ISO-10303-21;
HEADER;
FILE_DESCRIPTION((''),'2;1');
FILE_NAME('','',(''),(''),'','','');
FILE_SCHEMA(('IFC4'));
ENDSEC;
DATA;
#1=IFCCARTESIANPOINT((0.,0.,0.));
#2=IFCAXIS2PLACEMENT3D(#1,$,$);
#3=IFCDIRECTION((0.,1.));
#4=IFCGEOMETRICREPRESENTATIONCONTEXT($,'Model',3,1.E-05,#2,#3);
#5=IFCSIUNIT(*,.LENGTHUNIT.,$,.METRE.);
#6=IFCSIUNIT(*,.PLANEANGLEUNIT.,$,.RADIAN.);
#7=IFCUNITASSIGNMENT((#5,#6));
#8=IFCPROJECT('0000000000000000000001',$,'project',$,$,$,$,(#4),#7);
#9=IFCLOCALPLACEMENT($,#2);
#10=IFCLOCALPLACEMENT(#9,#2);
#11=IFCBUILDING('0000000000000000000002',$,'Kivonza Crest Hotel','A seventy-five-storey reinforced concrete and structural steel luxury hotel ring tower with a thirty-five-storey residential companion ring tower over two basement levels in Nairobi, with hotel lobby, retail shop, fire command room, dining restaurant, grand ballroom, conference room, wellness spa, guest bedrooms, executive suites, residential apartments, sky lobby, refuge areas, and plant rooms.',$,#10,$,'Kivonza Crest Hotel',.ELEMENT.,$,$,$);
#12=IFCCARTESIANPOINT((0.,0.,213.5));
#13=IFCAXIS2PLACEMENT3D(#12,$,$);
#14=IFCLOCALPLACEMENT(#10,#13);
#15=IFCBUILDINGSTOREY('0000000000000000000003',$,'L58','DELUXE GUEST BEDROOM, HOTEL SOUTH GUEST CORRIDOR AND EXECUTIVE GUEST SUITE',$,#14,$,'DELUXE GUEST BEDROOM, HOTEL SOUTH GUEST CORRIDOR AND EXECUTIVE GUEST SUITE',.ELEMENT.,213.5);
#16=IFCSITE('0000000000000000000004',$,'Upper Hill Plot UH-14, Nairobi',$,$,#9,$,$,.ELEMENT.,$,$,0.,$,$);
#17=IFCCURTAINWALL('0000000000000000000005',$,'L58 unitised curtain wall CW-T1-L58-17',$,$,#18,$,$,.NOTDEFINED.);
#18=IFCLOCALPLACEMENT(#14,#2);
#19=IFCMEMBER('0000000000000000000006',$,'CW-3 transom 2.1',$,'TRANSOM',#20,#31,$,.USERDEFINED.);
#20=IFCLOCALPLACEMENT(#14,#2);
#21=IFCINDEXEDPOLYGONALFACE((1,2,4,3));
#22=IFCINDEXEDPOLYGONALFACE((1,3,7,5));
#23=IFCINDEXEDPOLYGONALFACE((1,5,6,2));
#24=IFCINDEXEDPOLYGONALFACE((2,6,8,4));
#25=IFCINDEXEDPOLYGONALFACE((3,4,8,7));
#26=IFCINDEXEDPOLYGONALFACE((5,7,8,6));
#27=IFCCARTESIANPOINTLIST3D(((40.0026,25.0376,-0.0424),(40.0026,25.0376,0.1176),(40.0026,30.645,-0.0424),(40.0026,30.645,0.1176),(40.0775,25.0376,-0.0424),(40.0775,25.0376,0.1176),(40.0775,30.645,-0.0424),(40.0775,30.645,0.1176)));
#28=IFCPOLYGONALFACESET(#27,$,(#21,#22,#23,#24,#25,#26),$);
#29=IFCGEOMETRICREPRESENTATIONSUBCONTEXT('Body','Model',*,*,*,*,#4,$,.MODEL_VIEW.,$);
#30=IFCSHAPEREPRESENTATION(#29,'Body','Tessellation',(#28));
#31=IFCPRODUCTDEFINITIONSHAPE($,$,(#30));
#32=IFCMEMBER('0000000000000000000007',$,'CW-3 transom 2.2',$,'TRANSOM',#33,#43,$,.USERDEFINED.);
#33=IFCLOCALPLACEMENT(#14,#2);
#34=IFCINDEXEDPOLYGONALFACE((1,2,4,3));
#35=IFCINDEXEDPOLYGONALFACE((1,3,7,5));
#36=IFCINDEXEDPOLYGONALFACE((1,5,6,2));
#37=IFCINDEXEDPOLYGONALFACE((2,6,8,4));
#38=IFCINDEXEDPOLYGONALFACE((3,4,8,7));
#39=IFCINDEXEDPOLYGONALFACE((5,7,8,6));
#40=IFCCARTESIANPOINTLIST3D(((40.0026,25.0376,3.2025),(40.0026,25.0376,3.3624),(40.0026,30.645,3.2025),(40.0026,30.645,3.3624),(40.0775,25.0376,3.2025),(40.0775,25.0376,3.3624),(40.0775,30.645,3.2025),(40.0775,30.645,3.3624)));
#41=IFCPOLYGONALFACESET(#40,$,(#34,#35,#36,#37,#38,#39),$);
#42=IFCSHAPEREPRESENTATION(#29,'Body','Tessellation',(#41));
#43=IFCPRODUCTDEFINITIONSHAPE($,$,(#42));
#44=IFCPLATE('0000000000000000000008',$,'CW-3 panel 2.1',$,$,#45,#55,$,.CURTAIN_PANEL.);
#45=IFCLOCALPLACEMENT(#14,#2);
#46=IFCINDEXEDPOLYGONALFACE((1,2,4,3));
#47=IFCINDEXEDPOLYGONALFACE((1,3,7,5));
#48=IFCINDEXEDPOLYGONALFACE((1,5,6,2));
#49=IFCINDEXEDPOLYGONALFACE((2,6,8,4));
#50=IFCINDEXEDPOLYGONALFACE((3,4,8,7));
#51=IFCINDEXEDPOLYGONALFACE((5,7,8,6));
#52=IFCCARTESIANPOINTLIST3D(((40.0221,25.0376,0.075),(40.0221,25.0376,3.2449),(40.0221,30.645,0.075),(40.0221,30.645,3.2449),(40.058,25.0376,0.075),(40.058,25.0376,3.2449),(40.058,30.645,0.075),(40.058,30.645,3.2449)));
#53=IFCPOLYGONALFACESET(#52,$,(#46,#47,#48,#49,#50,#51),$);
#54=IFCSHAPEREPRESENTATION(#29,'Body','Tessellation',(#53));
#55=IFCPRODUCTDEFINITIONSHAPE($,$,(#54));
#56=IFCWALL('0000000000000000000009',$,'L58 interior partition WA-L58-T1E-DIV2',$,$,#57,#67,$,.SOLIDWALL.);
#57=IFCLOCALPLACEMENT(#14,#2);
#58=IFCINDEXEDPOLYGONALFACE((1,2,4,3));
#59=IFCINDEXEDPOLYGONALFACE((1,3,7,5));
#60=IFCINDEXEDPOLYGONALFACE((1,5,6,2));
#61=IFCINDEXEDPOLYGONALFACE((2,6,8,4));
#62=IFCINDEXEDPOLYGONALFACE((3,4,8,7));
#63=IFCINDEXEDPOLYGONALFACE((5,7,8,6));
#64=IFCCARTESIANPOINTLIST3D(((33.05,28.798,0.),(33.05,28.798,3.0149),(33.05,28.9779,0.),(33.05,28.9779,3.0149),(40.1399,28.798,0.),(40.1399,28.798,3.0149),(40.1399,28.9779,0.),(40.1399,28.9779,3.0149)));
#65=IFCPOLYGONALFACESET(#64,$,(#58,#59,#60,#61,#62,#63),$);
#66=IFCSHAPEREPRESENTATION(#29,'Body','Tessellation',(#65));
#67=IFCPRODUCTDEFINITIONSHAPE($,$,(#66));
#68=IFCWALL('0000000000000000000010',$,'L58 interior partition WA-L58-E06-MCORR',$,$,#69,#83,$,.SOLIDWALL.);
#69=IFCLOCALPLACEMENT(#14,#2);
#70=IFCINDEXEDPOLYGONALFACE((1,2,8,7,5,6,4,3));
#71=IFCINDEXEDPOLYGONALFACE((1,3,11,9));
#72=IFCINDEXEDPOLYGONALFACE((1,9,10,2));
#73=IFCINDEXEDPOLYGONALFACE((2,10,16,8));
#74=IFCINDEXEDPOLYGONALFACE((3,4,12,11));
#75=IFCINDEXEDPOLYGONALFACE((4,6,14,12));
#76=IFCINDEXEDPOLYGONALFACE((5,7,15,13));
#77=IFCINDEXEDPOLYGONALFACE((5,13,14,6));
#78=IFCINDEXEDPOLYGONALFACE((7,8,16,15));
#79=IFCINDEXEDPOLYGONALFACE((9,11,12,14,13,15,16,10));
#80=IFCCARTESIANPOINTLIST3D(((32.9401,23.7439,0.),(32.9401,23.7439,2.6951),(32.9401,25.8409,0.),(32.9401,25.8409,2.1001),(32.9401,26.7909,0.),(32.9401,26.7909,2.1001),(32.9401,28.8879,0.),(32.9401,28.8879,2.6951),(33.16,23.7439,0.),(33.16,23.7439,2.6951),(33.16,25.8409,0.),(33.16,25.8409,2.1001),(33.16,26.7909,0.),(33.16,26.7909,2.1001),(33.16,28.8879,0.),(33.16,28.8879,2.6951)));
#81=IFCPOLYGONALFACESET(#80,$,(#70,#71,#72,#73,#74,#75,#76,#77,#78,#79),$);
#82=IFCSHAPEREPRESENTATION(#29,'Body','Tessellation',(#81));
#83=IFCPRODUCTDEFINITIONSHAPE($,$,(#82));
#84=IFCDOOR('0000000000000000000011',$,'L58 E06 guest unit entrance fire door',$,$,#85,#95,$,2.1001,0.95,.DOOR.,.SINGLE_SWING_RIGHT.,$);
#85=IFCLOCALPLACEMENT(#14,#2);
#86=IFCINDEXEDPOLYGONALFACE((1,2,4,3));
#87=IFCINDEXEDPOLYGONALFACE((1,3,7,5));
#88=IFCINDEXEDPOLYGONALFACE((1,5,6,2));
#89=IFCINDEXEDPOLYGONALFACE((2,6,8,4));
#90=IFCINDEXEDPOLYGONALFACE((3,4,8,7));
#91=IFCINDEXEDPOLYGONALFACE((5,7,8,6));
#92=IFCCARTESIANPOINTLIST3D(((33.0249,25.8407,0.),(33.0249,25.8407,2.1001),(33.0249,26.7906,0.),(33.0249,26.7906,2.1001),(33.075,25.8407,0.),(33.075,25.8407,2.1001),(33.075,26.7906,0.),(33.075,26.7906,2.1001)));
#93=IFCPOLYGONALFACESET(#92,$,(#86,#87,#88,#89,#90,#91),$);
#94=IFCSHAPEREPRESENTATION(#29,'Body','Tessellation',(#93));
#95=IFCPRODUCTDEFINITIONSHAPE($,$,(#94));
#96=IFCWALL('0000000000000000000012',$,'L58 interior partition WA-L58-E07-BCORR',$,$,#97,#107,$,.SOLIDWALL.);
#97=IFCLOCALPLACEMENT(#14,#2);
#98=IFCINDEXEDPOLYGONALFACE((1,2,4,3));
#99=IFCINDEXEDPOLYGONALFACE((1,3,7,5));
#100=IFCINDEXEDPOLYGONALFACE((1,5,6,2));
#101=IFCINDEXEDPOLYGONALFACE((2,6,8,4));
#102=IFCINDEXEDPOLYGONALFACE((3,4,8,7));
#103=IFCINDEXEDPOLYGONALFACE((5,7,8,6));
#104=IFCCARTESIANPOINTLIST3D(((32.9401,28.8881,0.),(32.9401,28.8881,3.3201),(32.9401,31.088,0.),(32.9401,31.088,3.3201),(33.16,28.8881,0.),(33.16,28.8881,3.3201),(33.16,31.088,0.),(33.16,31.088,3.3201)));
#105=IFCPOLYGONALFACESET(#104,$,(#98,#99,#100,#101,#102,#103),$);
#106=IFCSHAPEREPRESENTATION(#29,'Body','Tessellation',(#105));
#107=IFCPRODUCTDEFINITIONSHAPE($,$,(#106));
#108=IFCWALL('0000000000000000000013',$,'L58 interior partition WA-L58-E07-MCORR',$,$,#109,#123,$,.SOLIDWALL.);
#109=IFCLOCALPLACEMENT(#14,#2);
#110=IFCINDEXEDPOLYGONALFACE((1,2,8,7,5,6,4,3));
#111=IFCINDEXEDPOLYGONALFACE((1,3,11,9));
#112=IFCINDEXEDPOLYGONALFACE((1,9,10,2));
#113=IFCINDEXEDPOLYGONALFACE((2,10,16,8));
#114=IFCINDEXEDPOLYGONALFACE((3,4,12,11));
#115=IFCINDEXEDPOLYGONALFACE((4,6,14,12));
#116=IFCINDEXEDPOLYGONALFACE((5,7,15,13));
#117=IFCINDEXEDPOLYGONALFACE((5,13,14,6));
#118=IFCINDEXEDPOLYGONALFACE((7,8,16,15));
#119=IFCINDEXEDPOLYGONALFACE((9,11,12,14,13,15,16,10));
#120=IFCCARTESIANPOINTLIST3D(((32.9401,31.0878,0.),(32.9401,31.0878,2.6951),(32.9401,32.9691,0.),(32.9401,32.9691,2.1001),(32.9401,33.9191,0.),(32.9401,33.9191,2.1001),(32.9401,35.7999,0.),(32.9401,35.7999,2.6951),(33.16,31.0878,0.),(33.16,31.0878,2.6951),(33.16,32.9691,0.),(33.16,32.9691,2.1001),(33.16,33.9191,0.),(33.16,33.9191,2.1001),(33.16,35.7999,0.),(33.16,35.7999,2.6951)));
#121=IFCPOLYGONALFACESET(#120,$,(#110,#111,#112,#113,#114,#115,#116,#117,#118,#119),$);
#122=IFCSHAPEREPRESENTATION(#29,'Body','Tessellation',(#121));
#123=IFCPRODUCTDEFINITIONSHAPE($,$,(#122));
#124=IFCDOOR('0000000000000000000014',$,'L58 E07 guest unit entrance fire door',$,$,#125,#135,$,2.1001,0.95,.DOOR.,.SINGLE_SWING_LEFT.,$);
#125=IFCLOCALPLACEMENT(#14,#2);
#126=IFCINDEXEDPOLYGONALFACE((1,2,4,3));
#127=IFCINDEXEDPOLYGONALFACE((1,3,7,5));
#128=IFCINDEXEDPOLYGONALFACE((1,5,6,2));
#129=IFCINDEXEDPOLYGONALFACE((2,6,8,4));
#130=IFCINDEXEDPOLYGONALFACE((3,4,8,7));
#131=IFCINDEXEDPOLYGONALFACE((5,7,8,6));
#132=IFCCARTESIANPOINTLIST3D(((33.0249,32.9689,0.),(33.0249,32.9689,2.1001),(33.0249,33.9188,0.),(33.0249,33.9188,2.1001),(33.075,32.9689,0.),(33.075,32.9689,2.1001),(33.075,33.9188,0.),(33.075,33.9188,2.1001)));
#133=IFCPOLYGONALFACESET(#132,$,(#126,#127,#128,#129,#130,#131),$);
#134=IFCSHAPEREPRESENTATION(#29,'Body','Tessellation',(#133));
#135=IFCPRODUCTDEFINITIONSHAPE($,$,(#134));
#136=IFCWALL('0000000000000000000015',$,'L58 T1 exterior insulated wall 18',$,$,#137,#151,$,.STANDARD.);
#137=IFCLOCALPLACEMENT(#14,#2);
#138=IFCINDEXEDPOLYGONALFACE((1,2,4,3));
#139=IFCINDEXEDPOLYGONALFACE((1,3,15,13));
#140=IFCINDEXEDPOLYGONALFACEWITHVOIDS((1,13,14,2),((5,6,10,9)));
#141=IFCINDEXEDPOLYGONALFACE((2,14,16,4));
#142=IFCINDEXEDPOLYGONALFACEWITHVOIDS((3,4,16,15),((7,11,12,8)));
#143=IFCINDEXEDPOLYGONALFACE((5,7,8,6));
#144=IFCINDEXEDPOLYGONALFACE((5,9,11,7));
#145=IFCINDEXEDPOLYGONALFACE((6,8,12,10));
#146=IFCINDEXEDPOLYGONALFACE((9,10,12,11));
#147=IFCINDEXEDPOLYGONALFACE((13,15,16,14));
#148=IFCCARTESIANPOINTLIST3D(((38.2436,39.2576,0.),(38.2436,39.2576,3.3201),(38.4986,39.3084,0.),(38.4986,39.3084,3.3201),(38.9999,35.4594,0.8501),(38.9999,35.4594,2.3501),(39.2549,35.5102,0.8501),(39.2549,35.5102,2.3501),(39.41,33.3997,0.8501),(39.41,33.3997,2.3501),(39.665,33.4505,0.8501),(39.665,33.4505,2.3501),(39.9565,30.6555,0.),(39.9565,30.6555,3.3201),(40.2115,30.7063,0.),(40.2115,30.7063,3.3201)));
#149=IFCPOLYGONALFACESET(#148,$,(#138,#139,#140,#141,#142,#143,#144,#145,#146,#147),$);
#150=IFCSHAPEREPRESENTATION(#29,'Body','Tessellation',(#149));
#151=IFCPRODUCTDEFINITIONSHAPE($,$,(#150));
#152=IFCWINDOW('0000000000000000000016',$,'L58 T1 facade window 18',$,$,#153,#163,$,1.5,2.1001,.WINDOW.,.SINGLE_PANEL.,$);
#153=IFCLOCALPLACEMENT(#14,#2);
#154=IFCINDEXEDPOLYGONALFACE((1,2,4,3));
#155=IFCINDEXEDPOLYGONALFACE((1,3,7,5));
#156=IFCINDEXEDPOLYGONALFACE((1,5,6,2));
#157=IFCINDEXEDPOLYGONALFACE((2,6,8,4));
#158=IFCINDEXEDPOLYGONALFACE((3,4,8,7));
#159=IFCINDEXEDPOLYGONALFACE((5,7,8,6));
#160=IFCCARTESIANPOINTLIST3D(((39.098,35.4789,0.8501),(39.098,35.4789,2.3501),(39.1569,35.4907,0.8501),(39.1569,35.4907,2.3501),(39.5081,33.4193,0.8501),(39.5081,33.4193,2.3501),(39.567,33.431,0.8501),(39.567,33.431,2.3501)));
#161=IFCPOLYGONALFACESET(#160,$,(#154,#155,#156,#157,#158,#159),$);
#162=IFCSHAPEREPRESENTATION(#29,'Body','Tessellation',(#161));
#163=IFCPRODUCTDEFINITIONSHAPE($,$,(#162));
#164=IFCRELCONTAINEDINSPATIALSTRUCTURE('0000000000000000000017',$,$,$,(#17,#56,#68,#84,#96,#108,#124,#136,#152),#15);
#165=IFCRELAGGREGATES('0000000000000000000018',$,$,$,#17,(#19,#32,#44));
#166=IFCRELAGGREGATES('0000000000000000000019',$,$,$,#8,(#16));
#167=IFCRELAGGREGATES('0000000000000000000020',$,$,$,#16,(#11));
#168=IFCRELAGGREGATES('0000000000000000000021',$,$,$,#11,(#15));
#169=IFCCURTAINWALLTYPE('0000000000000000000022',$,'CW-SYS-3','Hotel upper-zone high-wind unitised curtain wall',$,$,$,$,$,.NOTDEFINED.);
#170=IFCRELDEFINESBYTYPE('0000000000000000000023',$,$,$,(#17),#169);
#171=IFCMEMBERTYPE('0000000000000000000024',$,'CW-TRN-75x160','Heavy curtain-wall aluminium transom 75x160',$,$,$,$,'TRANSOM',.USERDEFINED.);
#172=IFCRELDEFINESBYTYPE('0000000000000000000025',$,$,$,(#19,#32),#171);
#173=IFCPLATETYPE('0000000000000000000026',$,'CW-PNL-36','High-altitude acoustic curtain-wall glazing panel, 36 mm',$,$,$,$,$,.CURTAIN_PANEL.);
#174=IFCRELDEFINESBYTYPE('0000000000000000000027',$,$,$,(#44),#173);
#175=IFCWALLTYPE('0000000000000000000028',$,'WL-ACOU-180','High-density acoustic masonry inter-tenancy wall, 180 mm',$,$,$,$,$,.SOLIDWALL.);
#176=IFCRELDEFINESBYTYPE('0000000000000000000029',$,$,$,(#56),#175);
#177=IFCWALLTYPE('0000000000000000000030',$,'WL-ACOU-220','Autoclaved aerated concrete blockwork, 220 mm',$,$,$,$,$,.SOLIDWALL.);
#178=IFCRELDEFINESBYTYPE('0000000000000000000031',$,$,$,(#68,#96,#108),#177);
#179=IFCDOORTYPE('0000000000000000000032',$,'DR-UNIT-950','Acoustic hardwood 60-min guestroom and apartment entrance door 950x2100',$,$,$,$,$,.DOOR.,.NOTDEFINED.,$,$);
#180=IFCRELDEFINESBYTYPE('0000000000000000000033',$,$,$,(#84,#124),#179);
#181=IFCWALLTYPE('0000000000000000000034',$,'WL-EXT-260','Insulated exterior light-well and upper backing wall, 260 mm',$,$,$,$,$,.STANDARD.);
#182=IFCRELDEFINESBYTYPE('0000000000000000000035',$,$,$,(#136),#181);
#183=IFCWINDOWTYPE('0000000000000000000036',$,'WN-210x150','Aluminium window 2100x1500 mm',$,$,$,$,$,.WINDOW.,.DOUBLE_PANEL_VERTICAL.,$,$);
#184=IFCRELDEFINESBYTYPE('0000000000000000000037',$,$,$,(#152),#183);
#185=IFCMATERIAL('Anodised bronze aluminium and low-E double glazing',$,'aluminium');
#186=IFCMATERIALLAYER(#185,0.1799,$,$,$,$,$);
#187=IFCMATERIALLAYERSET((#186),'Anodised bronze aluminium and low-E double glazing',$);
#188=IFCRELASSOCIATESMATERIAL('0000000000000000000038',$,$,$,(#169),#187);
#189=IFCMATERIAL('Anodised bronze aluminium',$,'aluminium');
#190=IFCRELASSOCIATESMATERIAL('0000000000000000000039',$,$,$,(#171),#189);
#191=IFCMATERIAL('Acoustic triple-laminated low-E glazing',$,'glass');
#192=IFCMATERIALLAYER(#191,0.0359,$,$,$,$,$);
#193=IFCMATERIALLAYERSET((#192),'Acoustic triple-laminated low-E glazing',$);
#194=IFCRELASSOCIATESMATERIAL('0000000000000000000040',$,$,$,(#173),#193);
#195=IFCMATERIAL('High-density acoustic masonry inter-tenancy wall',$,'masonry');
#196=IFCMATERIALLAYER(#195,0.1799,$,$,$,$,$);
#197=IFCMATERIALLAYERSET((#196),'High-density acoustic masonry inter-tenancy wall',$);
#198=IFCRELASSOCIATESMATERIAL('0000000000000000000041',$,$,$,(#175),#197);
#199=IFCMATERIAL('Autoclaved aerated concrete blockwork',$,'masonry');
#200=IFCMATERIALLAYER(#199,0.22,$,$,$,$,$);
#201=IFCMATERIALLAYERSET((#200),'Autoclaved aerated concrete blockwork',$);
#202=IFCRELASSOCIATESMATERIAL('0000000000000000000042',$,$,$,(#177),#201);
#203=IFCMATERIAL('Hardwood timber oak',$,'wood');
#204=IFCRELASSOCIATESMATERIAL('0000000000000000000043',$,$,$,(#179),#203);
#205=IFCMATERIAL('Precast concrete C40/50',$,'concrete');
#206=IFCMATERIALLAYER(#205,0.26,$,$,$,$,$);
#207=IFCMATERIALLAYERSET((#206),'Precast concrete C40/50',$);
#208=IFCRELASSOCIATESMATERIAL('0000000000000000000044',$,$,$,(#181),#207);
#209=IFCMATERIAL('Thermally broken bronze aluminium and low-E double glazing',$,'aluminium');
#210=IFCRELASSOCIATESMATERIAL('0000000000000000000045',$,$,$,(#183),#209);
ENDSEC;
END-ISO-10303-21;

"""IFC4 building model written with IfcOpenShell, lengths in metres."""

from ifc_helpers import new_model, si_unit, direction, frame, frame_2d, origin, origin_2d, place, context, subcontext, project, spatial, rectangle, extrude, material, layer, layer_set, material_profile, profile_set, type_object, element, fill, aggregate, save


model = new_model("IFC4")

# Units and contexts
model_context = context("Model", 3, precision=1e-05, world=origin(), true_north=direction((0.0, 1.0)))
body_context = subcontext(model_context, "Body", "Model", "MODEL_VIEW")
ifc_project = project(units=[si_unit("LENGTHUNIT", "METRE"), si_unit("PLANEANGLEUNIT", "RADIAN")], contexts=[model_context])

# Site, building, storey
site_placement = place(None, origin())
site = spatial("IfcSite", under=ifc_project, at=site_placement, Name="Upper Hill Plot UH-14, Nairobi", CompositionType="ELEMENT", RefElevation=0.0)
building_placement = place(site_placement, origin())
building = spatial("IfcBuilding", under=site, at=building_placement, Name="Kivonza Crest Hotel", Description="A seventy-five-storey reinforced concrete and structural steel luxury hotel ring tower with a thirty-five-storey residential companion ring tower over two basement levels in Nairobi, with hotel lobby, retail shop, fire command room, dining restaurant, grand ballroom, conference room, wellness spa, guest bedrooms, executive suites, residential apartments, sky lobby, refuge areas, and plant rooms.", LongName="Kivonza Crest Hotel", CompositionType="ELEMENT")
storey_placement = place(building_placement, frame((0.0, 0.0, 213.5)))
storey = spatial("IfcBuildingStorey", under=building, at=storey_placement, Name="L58", Description="DELUXE GUEST BEDROOM, HOTEL SOUTH GUEST CORRIDOR AND EXECUTIVE GUEST SUITE", LongName="DELUXE GUEST BEDROOM, HOTEL SOUTH GUEST CORRIDOR AND EXECUTIVE GUEST SUITE", CompositionType="ELEMENT", Elevation=213.5)

# Curtain wall, members, plate
ifc_material_1 = material(Name="Anodised bronze aluminium and low-E double glazing", Category="aluminium")
ifc_layer_1 = layer(ifc_material_1, 0.1799)
ifc_layer_set_1 = layer_set([ifc_layer_1], Name="Anodised bronze aluminium and low-E double glazing")
curtain_wall_type = type_object("IfcCurtainWallType", Name="CW-SYS-3", Description="Hotel upper-zone high-wind unitised curtain wall", PredefinedType="NOTDEFINED", material=ifc_layer_set_1)
curtain_wall_placement = place(storey_placement, origin())
curtain_wall = element("IfcCurtainWall", 1, at=curtain_wall_placement, inside=storey, type_object=curtain_wall_type, Name="L58 unitised curtain wall CW-T1-L58-17", PredefinedType="NOTDEFINED")
ifc_material_2 = material(Name="Anodised bronze aluminium", Category="aluminium")
ifc_material_profile_1 = material_profile(ifc_material_2, rectangle(XDim=0.075, YDim=0.1599, at=origin_2d()), Name="CW-T 75x160")
ifc_profile_set_1 = profile_set([ifc_material_profile_1], Name="Anodised bronze aluminium")
member_type_1 = type_object("IfcMemberType", Name="CW-TRN-75x160", Description="Heavy curtain-wall aluminium transom 75x160", ElementType="TRANSOM", PredefinedType="USERDEFINED", material=ifc_profile_set_1)
member_1_placement = place(storey_placement, frame((40.04, 25.0376, 0.0376), z_axis=(0.0, 1.0, 0.0), x_axis=(-1.0, 0.0, 0.0)))
member_1 = element("IfcMember", 2, at=member_1_placement, type_object=member_type_1, Name="CW-3 transom 2.1", ObjectType="TRANSOM", PredefinedType="USERDEFINED", context=body_context, shape_type="SweptSolid", body=[
    extrude(rectangle(XDim=0.075, YDim=0.1599, at=origin_2d()), origin(), (0.0, 0.0, 1.0), 5.6074),
])
member_2_placement = place(storey_placement, frame((40.04, 25.0376, 3.2825), z_axis=(0.0, 1.0, 0.0), x_axis=(-1.0, 0.0, 0.0)))
member_2 = element("IfcMember", 3, at=member_2_placement, type_object=member_type_1, Name="CW-3 transom 2.2", ObjectType="TRANSOM", PredefinedType="USERDEFINED", context=body_context, shape_type="SweptSolid", body=[
    extrude(rectangle(XDim=0.075, YDim=0.1599, at=origin_2d()), origin(), (0.0, 0.0, 1.0), 5.6074),
])
ifc_material_3 = material(Name="Acoustic triple-laminated low-E glazing", Category="glass")
ifc_layer_2 = layer(ifc_material_3, 0.0359)
ifc_layer_set_2 = layer_set([ifc_layer_2], Name="Acoustic triple-laminated low-E glazing")
plate_type = type_object("IfcPlateType", Name="CW-PNL-36", Description="High-altitude acoustic curtain-wall glazing panel, 36 mm", PredefinedType="CURTAIN_PANEL", material=ifc_layer_set_2)
plate_placement = place(storey_placement, frame((40.04, 27.8413, 0.075), z_axis=(0.0, 0.0, 1.0), x_axis=(0.0, 1.0, 0.0)))
plate = element("IfcPlate", 4, at=plate_placement, type_object=plate_type, Name="CW-3 panel 2.1", PredefinedType="CURTAIN_PANEL", context=body_context, shape_type="SweptSolid", body=[
    extrude(rectangle(XDim=5.6074, YDim=0.0359, at=origin_2d()), origin(), (0.0, 0.0, 1.0), 3.1699),
])
aggregate(curtain_wall, [member_1, member_2, plate])

# Wall
ifc_material_4 = material(Name="High-density acoustic masonry inter-tenancy wall", Category="masonry")
ifc_layer_3 = layer(ifc_material_4, 0.1799)
ifc_layer_set_3 = layer_set([ifc_layer_3], Name="High-density acoustic masonry inter-tenancy wall")
wall_type_1 = type_object("IfcWallType", Name="WL-ACOU-180", Description="High-density acoustic masonry inter-tenancy wall, 180 mm", PredefinedType="SOLIDWALL", material=ifc_layer_set_3)
wall_1_placement = place(storey_placement, frame((33.05, 28.8879, 0.0), z_axis=(0.0, 0.0, 1.0), x_axis=(1.0, 0.0, 0.0)))
element("IfcWall", 5, at=wall_1_placement, inside=storey, type_object=wall_type_1, Name="L58 interior partition WA-L58-T1E-DIV2", PredefinedType="SOLIDWALL", context=body_context, shape_type="SweptSolid", body=[
    extrude(rectangle(XDim=7.0898, YDim=0.1799, at=frame_2d((3.5449, 0.0))), origin(), (0.0, 0.0, 1.0), 3.0149),
])

# Wall, opening, door
ifc_material_5 = material(Name="Autoclaved aerated concrete blockwork", Category="masonry")
ifc_layer_4 = layer(ifc_material_5, 0.22)
ifc_layer_set_4 = layer_set([ifc_layer_4], Name="Autoclaved aerated concrete blockwork")
wall_type_2 = type_object("IfcWallType", Name="WL-ACOU-220", Description="Autoclaved aerated concrete blockwork, 220 mm", PredefinedType="SOLIDWALL", material=ifc_layer_set_4)
wall_2_placement = place(storey_placement, frame((33.05, 23.7439, 0.0), z_axis=(0.0, 0.0, 1.0), x_axis=(0.0, 1.0, 0.0)))
wall_2 = element("IfcWall", 6, at=wall_2_placement, inside=storey, type_object=wall_type_2, Name="L58 interior partition WA-L58-E06-MCORR", PredefinedType="SOLIDWALL", context=body_context, shape_type="SweptSolid", body=[
    extrude(rectangle(XDim=5.144, YDim=0.22, at=frame_2d((2.572, 0.0))), origin(), (0.0, 0.0, 1.0), 2.6951),
])
opening_1_placement = place(wall_2_placement, frame((2.0969, 0.0, 0.0)))
opening_1 = element("IfcOpeningElement", 7, at=opening_1_placement, cuts=wall_2, PredefinedType="OPENING", context=body_context, shape_type="SweptSolid", body=[
    extrude(rectangle(XDim=0.95, YDim=2.1001, at=frame_2d((0.4751, 1.05))), frame((0.0, 0.1201, 0.0), z_axis=(0.0, -1.0, 0.0), x_axis=(1.0, 0.0, 0.0)), (0.0, 0.0, 1.0), 0.24),
])
ifc_material_6 = material(Name="Hardwood timber oak", Category="wood")
door_type_1 = type_object("IfcDoorType", Name="DR-UNIT-950", Description="Acoustic hardwood 60-min guestroom and apartment entrance door 950x2100", OperationType="NOTDEFINED", PredefinedType="DOOR", material=ifc_material_6)
door_1_placement = place(opening_1_placement, frame((0.95, 0.0, 0.0), z_axis=(0.0, 0.0, 1.0), x_axis=(-1.0, 0.0, 0.0)))
door_1 = element("IfcDoor", 8, at=door_1_placement, inside=storey, type_object=door_type_1, Name="L58 E06 guest unit entrance fire door", OperationType="SINGLE_SWING_RIGHT", OverallHeight=2.1001, OverallWidth=0.95, PredefinedType="DOOR", context=body_context, shape_type="SweptSolid", body=[
    extrude(rectangle(XDim=0.95, YDim=2.1001, at=frame_2d((0.4751, 1.05))), frame((0.0, 0.0249, 0.0), z_axis=(0.0, -1.0, 0.0), x_axis=(1.0, 0.0, 0.0)), (0.0, 0.0, 1.0), 0.05),
])
fill(opening_1, door_1)

# Wall
wall_3_placement = place(storey_placement, frame((33.05, 28.8879, 0.0), z_axis=(0.0, 0.0, 1.0), x_axis=(0.0, 1.0, 0.0)))
element("IfcWall", 9, at=wall_3_placement, inside=storey, type_object=wall_type_2, Name="L58 interior partition WA-L58-E07-BCORR", PredefinedType="SOLIDWALL", context=body_context, shape_type="SweptSolid", body=[
    extrude(rectangle(XDim=2.2, YDim=0.22, at=frame_2d((1.1001, 0.0))), origin(), (0.0, 0.0, 1.0), 3.3201),
])

# Wall, opening, door
wall_4_placement = place(storey_placement, frame((33.05, 31.0879, 0.0), z_axis=(0.0, 0.0, 1.0), x_axis=(0.0, 1.0, 0.0)))
wall_4 = element("IfcWall", 10, at=wall_4_placement, inside=storey, type_object=wall_type_2, Name="L58 interior partition WA-L58-E07-MCORR", PredefinedType="SOLIDWALL", context=body_context, shape_type="SweptSolid", body=[
    extrude(rectangle(XDim=4.7122, YDim=0.22, at=frame_2d((2.356, 0.0))), origin(), (0.0, 0.0, 1.0), 2.6951),
])
opening_2_placement = place(wall_4_placement, frame((1.8811, 0.0, 0.0)))
opening_2 = element("IfcOpeningElement", 11, at=opening_2_placement, cuts=wall_4, PredefinedType="OPENING", context=body_context, shape_type="SweptSolid", body=[
    extrude(rectangle(XDim=0.95, YDim=2.1001, at=frame_2d((0.4751, 1.05))), frame((0.0, 0.1201, 0.0), z_axis=(0.0, -1.0, 0.0), x_axis=(1.0, 0.0, 0.0)), (0.0, 0.0, 1.0), 0.24),
])
door_2_placement = place(opening_2_placement, frame((0.95, 0.0, 0.0), z_axis=(0.0, 0.0, 1.0), x_axis=(-1.0, 0.0, 0.0)))
door_2 = element("IfcDoor", 12, at=door_2_placement, inside=storey, type_object=door_type_1, Name="L58 E07 guest unit entrance fire door", OperationType="SINGLE_SWING_LEFT", OverallHeight=2.1001, OverallWidth=0.95, PredefinedType="DOOR", context=body_context, shape_type="SweptSolid", body=[
    extrude(rectangle(XDim=0.95, YDim=2.1001, at=frame_2d((0.4751, 1.05))), frame((0.0, 0.0249, 0.0), z_axis=(0.0, -1.0, 0.0), x_axis=(1.0, 0.0, 0.0)), (0.0, 0.0, 1.0), 0.05),
])
fill(opening_2, door_2)

# Wall, opening, window
ifc_material_7 = material(Name="Precast concrete C40/50", Category="concrete")
ifc_layer_5 = layer(ifc_material_7, 0.26)
ifc_layer_set_5 = layer_set([ifc_layer_5], Name="Precast concrete C40/50")
wall_type_3 = type_object("IfcWallType", Name="WL-EXT-260", Description="Insulated exterior light-well and upper backing wall, 260 mm", PredefinedType="STANDARD", material=ifc_layer_set_5)
wall_5_placement = place(storey_placement, frame((40.084, 30.6809, 0.0), z_axis=(0.0, 0.0, 1.0), x_axis=(-0.195292, 0.980745, 0.0)))
wall_5 = element("IfcWall", 13, at=wall_5_placement, inside=storey, type_object=wall_type_3, Name="L58 T1 exterior insulated wall 18", PredefinedType="STANDARD", context=body_context, shape_type="SweptSolid", body=[
    extrude(rectangle(XDim=8.771, YDim=0.26, at=frame_2d((4.3855, 0.0))), origin(), (0.0, 0.0, 1.0), 3.3201),
])
opening_3_placement = place(wall_5_placement, frame((2.7981, 0.0, 0.8501)))
opening_3 = element("IfcOpeningElement", 14, at=opening_3_placement, cuts=wall_5, PredefinedType="OPENING", context=body_context, shape_type="SweptSolid", body=[
    extrude(rectangle(XDim=2.1001, YDim=1.5, at=frame_2d((1.05, 0.75))), frame((0.0, 0.1401, 0.0), z_axis=(0.0, -1.0, 0.0), x_axis=(1.0, 0.0, 0.0)), (0.0, 0.0, 1.0), 0.28),
])
ifc_material_8 = material(Name="Thermally broken bronze aluminium and low-E double glazing", Category="aluminium")
window_type = type_object("IfcWindowType", Name="WN-210x150", Description="Aluminium window 2100x1500 mm", PartitioningType="DOUBLE_PANEL_VERTICAL", PredefinedType="WINDOW", material=ifc_material_8)
window_placement = place(opening_3_placement, origin())
window = element("IfcWindow", 15, at=window_placement, inside=storey, type_object=window_type, Name="L58 T1 facade window 18", OverallHeight=1.5, OverallWidth=2.1001, PartitioningType="SINGLE_PANEL", PredefinedType="WINDOW", context=body_context, shape_type="SweptSolid", body=[
    extrude(rectangle(XDim=2.1001, YDim=1.5, at=frame_2d((1.05, 0.75))), frame((0.0, 0.03, 0.0), z_axis=(0.0, -1.0, 0.0), x_axis=(1.0, 0.0, 0.0)), (0.0, 0.0, 1.0), 0.0601),
])
fill(opening_3, window)

save(model, "model.ifc")
